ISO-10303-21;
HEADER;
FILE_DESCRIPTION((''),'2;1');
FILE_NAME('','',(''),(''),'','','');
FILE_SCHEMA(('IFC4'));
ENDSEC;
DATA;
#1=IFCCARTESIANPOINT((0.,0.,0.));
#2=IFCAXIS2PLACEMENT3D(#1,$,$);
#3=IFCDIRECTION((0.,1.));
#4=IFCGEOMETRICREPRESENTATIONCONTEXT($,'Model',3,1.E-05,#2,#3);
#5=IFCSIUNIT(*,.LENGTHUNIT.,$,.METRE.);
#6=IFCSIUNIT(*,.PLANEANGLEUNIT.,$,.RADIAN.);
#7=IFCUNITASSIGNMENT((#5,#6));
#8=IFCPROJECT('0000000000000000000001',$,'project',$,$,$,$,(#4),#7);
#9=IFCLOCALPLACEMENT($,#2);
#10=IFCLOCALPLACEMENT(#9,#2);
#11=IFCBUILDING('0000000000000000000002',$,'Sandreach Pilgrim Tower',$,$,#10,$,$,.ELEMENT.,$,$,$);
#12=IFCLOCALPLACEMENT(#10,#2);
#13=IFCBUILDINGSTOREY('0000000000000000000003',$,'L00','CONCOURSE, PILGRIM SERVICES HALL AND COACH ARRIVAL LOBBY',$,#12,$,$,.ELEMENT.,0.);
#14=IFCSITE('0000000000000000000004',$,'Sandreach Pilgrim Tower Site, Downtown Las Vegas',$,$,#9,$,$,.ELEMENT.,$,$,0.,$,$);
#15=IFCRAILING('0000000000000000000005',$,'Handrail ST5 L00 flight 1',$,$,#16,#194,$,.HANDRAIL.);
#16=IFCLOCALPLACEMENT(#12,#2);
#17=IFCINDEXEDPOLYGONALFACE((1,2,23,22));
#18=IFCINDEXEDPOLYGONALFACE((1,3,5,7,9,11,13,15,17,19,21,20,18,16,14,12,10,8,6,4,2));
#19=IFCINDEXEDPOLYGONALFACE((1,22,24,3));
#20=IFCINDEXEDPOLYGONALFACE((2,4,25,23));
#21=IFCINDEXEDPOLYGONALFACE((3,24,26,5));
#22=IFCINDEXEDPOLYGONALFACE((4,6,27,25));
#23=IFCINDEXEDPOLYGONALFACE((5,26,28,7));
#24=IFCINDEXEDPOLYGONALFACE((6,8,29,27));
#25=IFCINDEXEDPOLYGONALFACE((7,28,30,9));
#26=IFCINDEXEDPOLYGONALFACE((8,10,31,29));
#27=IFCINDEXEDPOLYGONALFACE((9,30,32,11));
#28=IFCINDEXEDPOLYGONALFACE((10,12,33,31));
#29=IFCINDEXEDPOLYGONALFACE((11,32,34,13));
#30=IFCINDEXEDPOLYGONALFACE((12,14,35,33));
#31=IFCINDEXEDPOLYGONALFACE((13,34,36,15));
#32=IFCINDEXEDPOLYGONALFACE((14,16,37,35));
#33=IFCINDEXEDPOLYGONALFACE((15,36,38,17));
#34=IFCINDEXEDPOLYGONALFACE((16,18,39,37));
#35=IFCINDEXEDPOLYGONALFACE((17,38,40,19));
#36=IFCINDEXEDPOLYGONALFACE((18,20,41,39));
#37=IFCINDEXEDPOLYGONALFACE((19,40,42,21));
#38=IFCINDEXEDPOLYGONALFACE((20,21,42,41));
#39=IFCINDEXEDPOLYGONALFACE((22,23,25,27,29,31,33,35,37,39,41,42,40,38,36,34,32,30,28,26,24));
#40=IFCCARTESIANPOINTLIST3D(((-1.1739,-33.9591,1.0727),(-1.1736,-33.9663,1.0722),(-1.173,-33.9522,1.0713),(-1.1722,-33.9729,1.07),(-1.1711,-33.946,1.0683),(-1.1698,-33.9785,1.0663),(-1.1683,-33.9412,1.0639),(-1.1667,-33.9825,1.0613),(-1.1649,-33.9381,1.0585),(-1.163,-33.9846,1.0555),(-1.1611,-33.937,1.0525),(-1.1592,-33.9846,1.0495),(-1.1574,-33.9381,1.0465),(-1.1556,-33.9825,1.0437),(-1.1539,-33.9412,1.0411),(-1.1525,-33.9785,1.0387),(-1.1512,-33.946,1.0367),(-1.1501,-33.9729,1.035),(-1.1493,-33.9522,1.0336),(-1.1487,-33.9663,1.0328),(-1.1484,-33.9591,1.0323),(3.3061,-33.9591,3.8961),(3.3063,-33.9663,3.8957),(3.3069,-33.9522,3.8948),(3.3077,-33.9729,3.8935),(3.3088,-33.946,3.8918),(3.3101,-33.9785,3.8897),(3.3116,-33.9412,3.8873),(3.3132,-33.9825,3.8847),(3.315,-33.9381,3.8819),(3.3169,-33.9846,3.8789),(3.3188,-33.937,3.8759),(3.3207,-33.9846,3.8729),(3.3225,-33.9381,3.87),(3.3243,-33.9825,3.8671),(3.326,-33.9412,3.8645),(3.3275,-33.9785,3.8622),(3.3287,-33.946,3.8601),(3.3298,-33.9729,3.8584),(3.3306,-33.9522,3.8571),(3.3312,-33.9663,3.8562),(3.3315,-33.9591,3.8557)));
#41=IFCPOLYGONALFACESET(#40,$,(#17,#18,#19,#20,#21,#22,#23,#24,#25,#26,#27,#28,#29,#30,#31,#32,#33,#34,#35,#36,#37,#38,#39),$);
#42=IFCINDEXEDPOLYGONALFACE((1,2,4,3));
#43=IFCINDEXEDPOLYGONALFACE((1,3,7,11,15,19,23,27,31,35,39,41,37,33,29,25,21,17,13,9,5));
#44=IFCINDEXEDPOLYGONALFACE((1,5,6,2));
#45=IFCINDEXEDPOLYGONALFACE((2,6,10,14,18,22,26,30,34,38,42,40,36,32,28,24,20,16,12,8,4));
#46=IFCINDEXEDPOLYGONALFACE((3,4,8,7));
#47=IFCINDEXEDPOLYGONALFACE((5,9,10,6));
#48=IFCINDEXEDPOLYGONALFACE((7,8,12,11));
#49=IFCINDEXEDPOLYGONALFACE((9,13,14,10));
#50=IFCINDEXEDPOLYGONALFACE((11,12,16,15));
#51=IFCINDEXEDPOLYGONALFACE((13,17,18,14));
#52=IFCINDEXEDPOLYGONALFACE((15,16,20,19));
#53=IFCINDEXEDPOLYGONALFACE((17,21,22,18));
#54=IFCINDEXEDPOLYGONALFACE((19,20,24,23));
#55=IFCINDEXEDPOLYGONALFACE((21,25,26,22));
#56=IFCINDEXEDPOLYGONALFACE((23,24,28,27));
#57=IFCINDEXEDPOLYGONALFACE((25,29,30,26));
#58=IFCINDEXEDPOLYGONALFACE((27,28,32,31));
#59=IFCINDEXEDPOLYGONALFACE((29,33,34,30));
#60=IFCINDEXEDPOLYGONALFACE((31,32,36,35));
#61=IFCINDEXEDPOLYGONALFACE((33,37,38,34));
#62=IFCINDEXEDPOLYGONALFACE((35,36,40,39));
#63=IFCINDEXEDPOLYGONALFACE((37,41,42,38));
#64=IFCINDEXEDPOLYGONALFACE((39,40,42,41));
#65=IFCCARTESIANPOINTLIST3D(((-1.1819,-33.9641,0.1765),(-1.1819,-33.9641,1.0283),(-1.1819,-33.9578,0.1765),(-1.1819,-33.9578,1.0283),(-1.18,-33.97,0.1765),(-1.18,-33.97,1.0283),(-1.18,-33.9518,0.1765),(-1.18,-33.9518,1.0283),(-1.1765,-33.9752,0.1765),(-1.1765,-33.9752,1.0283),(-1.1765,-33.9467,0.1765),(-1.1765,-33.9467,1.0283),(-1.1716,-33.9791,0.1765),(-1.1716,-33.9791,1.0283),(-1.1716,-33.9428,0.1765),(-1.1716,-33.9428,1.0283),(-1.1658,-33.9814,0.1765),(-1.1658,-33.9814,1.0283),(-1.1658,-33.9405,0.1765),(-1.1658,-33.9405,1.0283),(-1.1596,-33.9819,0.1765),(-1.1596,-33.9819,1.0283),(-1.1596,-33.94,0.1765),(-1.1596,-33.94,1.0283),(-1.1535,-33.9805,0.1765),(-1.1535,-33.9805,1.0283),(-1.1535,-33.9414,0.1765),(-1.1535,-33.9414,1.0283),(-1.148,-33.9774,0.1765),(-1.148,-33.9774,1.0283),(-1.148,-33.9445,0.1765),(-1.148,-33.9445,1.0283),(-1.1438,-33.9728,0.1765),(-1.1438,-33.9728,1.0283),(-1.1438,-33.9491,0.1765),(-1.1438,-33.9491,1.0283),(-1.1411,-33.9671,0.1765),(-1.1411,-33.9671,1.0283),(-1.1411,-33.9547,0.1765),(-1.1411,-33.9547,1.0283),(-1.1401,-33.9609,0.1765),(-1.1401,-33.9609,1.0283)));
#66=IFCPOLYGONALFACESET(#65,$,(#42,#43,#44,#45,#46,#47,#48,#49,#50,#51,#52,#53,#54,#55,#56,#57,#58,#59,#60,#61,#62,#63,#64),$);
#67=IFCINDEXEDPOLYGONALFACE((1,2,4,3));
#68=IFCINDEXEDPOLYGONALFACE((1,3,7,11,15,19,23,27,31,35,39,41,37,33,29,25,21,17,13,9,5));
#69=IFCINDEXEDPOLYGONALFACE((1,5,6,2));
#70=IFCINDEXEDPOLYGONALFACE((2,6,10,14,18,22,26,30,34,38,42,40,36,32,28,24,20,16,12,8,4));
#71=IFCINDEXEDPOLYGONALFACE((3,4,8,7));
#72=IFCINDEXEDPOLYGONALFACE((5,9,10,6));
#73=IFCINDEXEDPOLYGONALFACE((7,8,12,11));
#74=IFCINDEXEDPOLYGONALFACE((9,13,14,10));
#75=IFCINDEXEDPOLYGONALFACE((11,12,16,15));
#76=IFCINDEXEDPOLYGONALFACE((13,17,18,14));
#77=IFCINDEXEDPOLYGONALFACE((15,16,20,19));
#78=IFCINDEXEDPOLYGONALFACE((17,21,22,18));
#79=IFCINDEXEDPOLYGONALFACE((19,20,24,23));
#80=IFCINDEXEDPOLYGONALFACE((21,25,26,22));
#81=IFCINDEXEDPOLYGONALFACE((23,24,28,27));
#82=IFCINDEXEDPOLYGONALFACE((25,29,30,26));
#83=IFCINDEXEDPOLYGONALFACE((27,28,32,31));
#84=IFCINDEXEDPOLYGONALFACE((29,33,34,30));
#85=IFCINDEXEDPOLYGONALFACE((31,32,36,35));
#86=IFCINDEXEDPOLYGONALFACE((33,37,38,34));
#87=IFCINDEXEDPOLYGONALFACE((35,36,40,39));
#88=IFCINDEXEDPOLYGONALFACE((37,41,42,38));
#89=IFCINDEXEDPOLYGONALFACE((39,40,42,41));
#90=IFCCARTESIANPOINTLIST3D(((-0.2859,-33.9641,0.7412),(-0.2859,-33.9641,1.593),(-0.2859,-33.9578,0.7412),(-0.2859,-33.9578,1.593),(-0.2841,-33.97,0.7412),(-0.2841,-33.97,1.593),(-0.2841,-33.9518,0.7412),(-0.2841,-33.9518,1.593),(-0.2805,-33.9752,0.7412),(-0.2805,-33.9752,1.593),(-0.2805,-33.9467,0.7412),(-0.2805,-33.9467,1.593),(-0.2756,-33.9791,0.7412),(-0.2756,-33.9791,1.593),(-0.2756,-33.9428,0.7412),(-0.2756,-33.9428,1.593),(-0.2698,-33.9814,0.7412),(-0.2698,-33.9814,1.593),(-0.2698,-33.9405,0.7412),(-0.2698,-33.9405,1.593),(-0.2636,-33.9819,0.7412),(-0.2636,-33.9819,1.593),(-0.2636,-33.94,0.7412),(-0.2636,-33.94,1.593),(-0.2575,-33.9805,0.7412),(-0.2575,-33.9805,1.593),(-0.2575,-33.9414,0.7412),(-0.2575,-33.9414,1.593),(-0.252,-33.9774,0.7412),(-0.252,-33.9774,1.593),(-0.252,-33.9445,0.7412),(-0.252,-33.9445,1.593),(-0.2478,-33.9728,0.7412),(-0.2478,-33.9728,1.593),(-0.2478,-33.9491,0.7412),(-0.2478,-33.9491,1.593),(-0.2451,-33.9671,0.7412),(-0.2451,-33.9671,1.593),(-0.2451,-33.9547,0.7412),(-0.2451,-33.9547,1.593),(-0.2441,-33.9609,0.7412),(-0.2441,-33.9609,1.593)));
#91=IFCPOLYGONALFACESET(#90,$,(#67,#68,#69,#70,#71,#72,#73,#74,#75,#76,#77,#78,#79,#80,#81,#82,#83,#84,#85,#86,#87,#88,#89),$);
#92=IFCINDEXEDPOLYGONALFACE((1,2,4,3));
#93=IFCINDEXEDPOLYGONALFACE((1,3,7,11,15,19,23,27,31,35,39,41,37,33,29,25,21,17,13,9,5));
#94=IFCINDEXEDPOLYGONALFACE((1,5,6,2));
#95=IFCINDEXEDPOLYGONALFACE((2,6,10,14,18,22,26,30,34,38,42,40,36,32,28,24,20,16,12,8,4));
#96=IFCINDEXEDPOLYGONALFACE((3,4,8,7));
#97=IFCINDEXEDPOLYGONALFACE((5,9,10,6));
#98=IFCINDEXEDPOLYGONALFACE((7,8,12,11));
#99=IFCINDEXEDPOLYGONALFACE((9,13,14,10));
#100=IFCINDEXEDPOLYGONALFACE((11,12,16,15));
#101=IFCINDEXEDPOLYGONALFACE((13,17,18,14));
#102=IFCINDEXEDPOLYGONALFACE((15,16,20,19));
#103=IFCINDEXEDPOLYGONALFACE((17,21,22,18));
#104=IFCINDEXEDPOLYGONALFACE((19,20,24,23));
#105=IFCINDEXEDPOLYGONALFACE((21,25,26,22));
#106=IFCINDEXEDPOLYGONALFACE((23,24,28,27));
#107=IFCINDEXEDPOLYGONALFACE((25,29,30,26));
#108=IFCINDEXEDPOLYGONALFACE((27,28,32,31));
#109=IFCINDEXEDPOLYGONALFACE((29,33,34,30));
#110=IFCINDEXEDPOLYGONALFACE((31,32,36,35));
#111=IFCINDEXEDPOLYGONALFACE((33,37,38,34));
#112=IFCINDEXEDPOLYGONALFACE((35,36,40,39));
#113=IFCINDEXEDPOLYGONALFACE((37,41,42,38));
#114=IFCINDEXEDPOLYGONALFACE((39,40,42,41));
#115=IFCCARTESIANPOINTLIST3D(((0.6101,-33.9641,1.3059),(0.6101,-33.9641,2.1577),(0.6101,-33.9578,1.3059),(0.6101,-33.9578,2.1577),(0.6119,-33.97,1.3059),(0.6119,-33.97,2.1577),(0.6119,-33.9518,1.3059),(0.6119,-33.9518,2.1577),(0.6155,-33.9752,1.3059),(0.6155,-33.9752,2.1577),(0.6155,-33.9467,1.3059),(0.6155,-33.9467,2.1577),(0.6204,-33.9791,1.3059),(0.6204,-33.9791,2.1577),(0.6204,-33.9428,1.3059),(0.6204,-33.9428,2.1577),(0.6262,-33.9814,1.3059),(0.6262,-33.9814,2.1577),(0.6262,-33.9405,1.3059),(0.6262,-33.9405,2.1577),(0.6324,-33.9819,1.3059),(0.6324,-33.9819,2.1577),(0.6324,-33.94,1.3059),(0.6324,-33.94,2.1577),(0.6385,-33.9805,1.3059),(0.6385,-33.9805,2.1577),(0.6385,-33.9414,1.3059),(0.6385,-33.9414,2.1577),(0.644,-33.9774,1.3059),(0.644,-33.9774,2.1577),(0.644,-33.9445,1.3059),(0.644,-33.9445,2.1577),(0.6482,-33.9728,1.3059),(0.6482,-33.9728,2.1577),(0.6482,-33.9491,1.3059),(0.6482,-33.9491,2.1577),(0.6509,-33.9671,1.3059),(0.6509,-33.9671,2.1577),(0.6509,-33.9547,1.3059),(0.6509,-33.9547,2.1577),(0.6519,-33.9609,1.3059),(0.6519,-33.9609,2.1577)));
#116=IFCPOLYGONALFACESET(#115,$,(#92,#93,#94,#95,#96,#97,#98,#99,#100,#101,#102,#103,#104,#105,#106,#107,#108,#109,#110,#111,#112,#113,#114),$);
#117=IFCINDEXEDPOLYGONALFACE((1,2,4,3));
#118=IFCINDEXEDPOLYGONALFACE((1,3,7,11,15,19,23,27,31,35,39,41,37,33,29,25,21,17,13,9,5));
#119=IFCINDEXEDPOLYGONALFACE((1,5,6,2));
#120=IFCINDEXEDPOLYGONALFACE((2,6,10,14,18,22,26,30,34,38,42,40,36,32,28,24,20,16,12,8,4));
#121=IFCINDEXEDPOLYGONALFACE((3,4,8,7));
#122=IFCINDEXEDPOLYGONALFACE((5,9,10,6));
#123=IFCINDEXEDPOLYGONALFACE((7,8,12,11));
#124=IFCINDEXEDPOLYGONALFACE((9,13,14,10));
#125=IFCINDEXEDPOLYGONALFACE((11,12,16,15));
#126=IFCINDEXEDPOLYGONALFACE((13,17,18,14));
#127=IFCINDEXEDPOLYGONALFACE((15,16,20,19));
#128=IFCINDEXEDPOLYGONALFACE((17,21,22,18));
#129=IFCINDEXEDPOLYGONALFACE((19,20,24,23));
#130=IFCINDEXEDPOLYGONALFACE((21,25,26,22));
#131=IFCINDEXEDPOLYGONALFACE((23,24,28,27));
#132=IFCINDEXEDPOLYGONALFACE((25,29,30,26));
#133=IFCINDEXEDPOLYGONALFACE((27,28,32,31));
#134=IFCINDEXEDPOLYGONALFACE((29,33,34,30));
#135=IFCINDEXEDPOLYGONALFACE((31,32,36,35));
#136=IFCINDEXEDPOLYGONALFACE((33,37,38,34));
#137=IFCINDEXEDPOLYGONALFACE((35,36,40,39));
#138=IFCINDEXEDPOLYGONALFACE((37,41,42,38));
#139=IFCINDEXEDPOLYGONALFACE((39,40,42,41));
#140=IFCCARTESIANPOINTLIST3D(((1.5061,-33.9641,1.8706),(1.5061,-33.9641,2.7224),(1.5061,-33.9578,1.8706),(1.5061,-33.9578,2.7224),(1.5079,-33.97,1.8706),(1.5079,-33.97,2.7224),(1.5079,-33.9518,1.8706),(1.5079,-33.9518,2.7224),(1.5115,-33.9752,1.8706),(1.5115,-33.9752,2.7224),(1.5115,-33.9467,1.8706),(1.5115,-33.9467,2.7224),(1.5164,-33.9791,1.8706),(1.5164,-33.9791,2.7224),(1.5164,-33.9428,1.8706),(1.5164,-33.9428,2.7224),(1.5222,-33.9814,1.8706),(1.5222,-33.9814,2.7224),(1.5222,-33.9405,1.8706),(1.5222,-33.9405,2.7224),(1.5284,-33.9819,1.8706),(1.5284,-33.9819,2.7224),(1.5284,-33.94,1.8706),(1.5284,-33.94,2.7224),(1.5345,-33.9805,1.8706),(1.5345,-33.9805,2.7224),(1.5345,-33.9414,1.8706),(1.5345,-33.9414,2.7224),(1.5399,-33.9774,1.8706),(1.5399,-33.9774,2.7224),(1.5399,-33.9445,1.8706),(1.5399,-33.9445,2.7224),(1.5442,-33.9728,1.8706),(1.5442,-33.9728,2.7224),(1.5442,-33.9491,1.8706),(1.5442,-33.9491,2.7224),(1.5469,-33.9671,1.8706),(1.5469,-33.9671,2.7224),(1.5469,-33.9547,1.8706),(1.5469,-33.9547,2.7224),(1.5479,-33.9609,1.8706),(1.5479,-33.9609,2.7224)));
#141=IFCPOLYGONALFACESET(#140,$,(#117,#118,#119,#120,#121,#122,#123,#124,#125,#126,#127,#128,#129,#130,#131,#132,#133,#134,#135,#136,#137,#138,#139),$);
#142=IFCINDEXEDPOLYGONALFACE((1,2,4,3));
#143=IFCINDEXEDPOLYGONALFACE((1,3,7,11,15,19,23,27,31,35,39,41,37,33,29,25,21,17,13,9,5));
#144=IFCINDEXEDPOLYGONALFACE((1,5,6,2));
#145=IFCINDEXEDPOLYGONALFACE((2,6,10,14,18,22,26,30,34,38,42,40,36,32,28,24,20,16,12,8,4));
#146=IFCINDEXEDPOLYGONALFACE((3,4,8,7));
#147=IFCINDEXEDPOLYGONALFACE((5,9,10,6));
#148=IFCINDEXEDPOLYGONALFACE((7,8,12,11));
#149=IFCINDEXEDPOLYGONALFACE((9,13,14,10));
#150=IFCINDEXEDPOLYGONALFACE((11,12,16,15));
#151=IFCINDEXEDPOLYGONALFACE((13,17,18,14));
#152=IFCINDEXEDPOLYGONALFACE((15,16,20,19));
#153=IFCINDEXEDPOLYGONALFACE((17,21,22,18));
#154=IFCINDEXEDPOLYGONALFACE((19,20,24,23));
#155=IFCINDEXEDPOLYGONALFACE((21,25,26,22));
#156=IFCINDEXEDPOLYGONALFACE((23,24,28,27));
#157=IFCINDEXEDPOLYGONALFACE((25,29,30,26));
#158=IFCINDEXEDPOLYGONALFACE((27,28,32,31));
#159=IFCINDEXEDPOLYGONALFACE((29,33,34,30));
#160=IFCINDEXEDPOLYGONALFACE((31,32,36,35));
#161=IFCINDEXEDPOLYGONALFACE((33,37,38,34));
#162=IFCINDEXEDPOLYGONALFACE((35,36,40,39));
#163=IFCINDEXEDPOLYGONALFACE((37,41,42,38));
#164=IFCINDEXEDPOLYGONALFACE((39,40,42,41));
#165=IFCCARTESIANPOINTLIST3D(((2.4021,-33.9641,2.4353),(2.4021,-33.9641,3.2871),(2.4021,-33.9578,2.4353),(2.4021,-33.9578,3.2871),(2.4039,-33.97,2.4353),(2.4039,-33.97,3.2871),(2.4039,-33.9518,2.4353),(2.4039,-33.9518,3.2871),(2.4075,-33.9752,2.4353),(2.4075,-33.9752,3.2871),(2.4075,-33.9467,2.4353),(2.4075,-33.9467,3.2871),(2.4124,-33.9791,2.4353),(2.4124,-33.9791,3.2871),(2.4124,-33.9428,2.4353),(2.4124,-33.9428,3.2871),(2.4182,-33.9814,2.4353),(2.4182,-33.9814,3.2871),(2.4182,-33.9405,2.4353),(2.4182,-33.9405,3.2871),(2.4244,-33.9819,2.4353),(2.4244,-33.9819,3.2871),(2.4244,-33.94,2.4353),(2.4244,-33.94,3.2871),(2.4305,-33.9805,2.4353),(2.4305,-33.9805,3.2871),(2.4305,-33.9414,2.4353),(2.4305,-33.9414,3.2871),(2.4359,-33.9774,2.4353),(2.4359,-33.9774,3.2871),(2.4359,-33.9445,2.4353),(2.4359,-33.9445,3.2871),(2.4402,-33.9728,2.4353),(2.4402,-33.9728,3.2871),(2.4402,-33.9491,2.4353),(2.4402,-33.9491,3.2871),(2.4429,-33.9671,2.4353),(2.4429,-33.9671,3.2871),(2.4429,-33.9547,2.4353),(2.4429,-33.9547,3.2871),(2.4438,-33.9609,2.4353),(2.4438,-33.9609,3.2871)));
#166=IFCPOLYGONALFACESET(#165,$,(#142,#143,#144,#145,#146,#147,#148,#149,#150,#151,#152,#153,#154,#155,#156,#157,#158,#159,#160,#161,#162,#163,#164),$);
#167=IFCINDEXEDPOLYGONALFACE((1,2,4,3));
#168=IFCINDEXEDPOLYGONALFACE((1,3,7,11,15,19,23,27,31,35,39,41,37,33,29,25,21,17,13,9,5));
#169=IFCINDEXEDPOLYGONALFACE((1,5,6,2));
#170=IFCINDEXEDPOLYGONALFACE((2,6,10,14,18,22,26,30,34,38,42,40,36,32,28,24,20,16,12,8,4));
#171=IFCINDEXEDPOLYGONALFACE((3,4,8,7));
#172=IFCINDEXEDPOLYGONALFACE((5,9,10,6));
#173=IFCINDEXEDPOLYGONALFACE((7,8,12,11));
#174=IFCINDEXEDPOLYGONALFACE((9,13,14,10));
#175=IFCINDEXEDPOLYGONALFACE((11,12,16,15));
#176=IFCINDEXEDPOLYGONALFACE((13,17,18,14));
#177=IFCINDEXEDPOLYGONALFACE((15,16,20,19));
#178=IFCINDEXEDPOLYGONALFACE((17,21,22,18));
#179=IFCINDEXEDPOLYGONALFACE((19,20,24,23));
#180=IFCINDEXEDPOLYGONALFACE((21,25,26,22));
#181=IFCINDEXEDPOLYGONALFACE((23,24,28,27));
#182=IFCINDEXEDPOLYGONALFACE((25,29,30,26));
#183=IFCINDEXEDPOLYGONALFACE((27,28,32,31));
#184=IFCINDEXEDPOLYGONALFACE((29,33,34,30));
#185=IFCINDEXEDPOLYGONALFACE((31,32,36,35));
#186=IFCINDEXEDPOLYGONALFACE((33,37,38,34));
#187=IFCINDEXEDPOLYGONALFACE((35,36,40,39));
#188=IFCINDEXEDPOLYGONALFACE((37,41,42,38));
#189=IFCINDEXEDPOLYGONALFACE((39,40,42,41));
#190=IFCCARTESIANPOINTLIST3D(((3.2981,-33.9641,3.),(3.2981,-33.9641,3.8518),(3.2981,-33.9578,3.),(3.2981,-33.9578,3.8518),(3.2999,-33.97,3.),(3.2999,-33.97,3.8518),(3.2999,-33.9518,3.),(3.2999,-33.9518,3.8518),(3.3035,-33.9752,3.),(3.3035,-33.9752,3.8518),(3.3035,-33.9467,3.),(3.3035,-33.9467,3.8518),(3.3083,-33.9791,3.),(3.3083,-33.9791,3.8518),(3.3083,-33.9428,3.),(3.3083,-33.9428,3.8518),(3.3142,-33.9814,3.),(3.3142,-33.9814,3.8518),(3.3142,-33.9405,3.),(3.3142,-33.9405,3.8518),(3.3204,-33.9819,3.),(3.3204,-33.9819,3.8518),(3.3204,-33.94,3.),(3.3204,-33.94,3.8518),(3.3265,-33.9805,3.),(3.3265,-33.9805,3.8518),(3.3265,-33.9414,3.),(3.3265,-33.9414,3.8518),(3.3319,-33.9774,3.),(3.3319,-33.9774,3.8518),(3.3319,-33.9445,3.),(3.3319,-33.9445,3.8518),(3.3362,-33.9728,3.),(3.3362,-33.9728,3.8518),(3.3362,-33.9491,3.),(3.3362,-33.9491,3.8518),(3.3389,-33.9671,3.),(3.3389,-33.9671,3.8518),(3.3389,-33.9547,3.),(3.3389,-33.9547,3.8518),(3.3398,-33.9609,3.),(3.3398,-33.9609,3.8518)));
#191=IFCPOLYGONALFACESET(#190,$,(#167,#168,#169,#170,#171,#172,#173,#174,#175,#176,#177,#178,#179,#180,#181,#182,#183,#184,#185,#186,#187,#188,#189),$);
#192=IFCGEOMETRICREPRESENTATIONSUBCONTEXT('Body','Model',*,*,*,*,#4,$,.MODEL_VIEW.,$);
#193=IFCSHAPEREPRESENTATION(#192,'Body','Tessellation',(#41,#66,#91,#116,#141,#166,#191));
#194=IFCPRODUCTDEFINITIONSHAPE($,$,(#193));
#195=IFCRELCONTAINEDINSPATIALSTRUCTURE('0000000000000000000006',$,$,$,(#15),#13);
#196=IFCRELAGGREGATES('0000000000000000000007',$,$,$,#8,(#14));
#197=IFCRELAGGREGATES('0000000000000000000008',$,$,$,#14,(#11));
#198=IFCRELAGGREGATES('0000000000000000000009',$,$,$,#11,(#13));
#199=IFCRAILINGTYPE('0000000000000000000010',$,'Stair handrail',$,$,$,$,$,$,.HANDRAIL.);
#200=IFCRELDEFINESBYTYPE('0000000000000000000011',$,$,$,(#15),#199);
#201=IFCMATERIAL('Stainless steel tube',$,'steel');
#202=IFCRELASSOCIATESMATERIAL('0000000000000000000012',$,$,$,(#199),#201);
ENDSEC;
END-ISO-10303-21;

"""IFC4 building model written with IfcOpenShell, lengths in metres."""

from ifc_helpers import new_model, si_unit, direction, frame, origin, origin_2d, place, context, subcontext, project, spatial, circle, extrude, material, type_object, element, save


model = new_model("IFC4")

# Units and contexts
model_context = context("Model", 3, precision=1e-05, world=origin(), true_north=direction((0.0, 1.0)))
body_context = subcontext(model_context, "Body", "Model", "MODEL_VIEW")
ifc_project = project(units=[si_unit("LENGTHUNIT", "METRE"), si_unit("PLANEANGLEUNIT", "RADIAN")], contexts=[model_context])

# Site, building, storey
site_placement = place(None, origin())
site = spatial("IfcSite", under=ifc_project, at=site_placement, Name="Sandreach Pilgrim Tower Site, Downtown Las Vegas", CompositionType="ELEMENT", RefElevation=0.0)
building_placement = place(site_placement, origin())
building = spatial("IfcBuilding", under=site, at=building_placement, Name="Sandreach Pilgrim Tower", CompositionType="ELEMENT")
storey_placement = place(building_placement, origin())
storey = spatial("IfcBuildingStorey", under=building, at=storey_placement, Name="L00", Description="CONCOURSE, PILGRIM SERVICES HALL AND COACH ARRIVAL LOBBY", CompositionType="ELEMENT", Elevation=0.0)

# Railing
ifc_material_1 = material(Name="Stainless steel tube", Category="steel")
railing_type = type_object("IfcRailingType", Name="Stair handrail", PredefinedType="HANDRAIL", material=ifc_material_1)
for number, where, name in (
    (1, (-1.1611, -33.9609, 0.1765), "Handrail ST5 L00 flight 1"),
):
    element("IfcRailing", number, at=place(storey_placement, frame(where)), inside=storey, type_object=railing_type, Name=name, PredefinedType="HANDRAIL", context=body_context, shape_type="SweptSolid", body=[
        extrude(circle(Radius=0.0239, at=origin_2d()), frame((0.0, 0.0, 0.876), z_axis=(0.845998, 0.0, 0.533186), x_axis=(0.0, 1.0, 0.0)), (0.0, 0.0, 1.0), 5.2954),
        extrude(circle(Radius=0.021, at=origin_2d()), origin(), (0.0, 0.0, 1.0), 0.8518),
        extrude(circle(Radius=0.021, at=origin_2d()), frame((0.896, 0.0, 0.5647)), (0.0, 0.0, 1.0), 0.8518),
        extrude(circle(Radius=0.021, at=origin_2d()), frame((1.792, 0.0, 1.1294)), (0.0, 0.0, 1.0), 0.8518),
        extrude(circle(Radius=0.021, at=origin_2d()), frame((2.688, 0.0, 1.6941)), (0.0, 0.0, 1.0), 0.8518),
        extrude(circle(Radius=0.021, at=origin_2d()), frame((3.584, 0.0, 2.2588)), (0.0, 0.0, 1.0), 0.8518),
        extrude(circle(Radius=0.021, at=origin_2d()), frame((4.48, 0.0, 2.8235)), (0.0, 0.0, 1.0), 0.8518),
    ])

save(model, "model.ifc")
